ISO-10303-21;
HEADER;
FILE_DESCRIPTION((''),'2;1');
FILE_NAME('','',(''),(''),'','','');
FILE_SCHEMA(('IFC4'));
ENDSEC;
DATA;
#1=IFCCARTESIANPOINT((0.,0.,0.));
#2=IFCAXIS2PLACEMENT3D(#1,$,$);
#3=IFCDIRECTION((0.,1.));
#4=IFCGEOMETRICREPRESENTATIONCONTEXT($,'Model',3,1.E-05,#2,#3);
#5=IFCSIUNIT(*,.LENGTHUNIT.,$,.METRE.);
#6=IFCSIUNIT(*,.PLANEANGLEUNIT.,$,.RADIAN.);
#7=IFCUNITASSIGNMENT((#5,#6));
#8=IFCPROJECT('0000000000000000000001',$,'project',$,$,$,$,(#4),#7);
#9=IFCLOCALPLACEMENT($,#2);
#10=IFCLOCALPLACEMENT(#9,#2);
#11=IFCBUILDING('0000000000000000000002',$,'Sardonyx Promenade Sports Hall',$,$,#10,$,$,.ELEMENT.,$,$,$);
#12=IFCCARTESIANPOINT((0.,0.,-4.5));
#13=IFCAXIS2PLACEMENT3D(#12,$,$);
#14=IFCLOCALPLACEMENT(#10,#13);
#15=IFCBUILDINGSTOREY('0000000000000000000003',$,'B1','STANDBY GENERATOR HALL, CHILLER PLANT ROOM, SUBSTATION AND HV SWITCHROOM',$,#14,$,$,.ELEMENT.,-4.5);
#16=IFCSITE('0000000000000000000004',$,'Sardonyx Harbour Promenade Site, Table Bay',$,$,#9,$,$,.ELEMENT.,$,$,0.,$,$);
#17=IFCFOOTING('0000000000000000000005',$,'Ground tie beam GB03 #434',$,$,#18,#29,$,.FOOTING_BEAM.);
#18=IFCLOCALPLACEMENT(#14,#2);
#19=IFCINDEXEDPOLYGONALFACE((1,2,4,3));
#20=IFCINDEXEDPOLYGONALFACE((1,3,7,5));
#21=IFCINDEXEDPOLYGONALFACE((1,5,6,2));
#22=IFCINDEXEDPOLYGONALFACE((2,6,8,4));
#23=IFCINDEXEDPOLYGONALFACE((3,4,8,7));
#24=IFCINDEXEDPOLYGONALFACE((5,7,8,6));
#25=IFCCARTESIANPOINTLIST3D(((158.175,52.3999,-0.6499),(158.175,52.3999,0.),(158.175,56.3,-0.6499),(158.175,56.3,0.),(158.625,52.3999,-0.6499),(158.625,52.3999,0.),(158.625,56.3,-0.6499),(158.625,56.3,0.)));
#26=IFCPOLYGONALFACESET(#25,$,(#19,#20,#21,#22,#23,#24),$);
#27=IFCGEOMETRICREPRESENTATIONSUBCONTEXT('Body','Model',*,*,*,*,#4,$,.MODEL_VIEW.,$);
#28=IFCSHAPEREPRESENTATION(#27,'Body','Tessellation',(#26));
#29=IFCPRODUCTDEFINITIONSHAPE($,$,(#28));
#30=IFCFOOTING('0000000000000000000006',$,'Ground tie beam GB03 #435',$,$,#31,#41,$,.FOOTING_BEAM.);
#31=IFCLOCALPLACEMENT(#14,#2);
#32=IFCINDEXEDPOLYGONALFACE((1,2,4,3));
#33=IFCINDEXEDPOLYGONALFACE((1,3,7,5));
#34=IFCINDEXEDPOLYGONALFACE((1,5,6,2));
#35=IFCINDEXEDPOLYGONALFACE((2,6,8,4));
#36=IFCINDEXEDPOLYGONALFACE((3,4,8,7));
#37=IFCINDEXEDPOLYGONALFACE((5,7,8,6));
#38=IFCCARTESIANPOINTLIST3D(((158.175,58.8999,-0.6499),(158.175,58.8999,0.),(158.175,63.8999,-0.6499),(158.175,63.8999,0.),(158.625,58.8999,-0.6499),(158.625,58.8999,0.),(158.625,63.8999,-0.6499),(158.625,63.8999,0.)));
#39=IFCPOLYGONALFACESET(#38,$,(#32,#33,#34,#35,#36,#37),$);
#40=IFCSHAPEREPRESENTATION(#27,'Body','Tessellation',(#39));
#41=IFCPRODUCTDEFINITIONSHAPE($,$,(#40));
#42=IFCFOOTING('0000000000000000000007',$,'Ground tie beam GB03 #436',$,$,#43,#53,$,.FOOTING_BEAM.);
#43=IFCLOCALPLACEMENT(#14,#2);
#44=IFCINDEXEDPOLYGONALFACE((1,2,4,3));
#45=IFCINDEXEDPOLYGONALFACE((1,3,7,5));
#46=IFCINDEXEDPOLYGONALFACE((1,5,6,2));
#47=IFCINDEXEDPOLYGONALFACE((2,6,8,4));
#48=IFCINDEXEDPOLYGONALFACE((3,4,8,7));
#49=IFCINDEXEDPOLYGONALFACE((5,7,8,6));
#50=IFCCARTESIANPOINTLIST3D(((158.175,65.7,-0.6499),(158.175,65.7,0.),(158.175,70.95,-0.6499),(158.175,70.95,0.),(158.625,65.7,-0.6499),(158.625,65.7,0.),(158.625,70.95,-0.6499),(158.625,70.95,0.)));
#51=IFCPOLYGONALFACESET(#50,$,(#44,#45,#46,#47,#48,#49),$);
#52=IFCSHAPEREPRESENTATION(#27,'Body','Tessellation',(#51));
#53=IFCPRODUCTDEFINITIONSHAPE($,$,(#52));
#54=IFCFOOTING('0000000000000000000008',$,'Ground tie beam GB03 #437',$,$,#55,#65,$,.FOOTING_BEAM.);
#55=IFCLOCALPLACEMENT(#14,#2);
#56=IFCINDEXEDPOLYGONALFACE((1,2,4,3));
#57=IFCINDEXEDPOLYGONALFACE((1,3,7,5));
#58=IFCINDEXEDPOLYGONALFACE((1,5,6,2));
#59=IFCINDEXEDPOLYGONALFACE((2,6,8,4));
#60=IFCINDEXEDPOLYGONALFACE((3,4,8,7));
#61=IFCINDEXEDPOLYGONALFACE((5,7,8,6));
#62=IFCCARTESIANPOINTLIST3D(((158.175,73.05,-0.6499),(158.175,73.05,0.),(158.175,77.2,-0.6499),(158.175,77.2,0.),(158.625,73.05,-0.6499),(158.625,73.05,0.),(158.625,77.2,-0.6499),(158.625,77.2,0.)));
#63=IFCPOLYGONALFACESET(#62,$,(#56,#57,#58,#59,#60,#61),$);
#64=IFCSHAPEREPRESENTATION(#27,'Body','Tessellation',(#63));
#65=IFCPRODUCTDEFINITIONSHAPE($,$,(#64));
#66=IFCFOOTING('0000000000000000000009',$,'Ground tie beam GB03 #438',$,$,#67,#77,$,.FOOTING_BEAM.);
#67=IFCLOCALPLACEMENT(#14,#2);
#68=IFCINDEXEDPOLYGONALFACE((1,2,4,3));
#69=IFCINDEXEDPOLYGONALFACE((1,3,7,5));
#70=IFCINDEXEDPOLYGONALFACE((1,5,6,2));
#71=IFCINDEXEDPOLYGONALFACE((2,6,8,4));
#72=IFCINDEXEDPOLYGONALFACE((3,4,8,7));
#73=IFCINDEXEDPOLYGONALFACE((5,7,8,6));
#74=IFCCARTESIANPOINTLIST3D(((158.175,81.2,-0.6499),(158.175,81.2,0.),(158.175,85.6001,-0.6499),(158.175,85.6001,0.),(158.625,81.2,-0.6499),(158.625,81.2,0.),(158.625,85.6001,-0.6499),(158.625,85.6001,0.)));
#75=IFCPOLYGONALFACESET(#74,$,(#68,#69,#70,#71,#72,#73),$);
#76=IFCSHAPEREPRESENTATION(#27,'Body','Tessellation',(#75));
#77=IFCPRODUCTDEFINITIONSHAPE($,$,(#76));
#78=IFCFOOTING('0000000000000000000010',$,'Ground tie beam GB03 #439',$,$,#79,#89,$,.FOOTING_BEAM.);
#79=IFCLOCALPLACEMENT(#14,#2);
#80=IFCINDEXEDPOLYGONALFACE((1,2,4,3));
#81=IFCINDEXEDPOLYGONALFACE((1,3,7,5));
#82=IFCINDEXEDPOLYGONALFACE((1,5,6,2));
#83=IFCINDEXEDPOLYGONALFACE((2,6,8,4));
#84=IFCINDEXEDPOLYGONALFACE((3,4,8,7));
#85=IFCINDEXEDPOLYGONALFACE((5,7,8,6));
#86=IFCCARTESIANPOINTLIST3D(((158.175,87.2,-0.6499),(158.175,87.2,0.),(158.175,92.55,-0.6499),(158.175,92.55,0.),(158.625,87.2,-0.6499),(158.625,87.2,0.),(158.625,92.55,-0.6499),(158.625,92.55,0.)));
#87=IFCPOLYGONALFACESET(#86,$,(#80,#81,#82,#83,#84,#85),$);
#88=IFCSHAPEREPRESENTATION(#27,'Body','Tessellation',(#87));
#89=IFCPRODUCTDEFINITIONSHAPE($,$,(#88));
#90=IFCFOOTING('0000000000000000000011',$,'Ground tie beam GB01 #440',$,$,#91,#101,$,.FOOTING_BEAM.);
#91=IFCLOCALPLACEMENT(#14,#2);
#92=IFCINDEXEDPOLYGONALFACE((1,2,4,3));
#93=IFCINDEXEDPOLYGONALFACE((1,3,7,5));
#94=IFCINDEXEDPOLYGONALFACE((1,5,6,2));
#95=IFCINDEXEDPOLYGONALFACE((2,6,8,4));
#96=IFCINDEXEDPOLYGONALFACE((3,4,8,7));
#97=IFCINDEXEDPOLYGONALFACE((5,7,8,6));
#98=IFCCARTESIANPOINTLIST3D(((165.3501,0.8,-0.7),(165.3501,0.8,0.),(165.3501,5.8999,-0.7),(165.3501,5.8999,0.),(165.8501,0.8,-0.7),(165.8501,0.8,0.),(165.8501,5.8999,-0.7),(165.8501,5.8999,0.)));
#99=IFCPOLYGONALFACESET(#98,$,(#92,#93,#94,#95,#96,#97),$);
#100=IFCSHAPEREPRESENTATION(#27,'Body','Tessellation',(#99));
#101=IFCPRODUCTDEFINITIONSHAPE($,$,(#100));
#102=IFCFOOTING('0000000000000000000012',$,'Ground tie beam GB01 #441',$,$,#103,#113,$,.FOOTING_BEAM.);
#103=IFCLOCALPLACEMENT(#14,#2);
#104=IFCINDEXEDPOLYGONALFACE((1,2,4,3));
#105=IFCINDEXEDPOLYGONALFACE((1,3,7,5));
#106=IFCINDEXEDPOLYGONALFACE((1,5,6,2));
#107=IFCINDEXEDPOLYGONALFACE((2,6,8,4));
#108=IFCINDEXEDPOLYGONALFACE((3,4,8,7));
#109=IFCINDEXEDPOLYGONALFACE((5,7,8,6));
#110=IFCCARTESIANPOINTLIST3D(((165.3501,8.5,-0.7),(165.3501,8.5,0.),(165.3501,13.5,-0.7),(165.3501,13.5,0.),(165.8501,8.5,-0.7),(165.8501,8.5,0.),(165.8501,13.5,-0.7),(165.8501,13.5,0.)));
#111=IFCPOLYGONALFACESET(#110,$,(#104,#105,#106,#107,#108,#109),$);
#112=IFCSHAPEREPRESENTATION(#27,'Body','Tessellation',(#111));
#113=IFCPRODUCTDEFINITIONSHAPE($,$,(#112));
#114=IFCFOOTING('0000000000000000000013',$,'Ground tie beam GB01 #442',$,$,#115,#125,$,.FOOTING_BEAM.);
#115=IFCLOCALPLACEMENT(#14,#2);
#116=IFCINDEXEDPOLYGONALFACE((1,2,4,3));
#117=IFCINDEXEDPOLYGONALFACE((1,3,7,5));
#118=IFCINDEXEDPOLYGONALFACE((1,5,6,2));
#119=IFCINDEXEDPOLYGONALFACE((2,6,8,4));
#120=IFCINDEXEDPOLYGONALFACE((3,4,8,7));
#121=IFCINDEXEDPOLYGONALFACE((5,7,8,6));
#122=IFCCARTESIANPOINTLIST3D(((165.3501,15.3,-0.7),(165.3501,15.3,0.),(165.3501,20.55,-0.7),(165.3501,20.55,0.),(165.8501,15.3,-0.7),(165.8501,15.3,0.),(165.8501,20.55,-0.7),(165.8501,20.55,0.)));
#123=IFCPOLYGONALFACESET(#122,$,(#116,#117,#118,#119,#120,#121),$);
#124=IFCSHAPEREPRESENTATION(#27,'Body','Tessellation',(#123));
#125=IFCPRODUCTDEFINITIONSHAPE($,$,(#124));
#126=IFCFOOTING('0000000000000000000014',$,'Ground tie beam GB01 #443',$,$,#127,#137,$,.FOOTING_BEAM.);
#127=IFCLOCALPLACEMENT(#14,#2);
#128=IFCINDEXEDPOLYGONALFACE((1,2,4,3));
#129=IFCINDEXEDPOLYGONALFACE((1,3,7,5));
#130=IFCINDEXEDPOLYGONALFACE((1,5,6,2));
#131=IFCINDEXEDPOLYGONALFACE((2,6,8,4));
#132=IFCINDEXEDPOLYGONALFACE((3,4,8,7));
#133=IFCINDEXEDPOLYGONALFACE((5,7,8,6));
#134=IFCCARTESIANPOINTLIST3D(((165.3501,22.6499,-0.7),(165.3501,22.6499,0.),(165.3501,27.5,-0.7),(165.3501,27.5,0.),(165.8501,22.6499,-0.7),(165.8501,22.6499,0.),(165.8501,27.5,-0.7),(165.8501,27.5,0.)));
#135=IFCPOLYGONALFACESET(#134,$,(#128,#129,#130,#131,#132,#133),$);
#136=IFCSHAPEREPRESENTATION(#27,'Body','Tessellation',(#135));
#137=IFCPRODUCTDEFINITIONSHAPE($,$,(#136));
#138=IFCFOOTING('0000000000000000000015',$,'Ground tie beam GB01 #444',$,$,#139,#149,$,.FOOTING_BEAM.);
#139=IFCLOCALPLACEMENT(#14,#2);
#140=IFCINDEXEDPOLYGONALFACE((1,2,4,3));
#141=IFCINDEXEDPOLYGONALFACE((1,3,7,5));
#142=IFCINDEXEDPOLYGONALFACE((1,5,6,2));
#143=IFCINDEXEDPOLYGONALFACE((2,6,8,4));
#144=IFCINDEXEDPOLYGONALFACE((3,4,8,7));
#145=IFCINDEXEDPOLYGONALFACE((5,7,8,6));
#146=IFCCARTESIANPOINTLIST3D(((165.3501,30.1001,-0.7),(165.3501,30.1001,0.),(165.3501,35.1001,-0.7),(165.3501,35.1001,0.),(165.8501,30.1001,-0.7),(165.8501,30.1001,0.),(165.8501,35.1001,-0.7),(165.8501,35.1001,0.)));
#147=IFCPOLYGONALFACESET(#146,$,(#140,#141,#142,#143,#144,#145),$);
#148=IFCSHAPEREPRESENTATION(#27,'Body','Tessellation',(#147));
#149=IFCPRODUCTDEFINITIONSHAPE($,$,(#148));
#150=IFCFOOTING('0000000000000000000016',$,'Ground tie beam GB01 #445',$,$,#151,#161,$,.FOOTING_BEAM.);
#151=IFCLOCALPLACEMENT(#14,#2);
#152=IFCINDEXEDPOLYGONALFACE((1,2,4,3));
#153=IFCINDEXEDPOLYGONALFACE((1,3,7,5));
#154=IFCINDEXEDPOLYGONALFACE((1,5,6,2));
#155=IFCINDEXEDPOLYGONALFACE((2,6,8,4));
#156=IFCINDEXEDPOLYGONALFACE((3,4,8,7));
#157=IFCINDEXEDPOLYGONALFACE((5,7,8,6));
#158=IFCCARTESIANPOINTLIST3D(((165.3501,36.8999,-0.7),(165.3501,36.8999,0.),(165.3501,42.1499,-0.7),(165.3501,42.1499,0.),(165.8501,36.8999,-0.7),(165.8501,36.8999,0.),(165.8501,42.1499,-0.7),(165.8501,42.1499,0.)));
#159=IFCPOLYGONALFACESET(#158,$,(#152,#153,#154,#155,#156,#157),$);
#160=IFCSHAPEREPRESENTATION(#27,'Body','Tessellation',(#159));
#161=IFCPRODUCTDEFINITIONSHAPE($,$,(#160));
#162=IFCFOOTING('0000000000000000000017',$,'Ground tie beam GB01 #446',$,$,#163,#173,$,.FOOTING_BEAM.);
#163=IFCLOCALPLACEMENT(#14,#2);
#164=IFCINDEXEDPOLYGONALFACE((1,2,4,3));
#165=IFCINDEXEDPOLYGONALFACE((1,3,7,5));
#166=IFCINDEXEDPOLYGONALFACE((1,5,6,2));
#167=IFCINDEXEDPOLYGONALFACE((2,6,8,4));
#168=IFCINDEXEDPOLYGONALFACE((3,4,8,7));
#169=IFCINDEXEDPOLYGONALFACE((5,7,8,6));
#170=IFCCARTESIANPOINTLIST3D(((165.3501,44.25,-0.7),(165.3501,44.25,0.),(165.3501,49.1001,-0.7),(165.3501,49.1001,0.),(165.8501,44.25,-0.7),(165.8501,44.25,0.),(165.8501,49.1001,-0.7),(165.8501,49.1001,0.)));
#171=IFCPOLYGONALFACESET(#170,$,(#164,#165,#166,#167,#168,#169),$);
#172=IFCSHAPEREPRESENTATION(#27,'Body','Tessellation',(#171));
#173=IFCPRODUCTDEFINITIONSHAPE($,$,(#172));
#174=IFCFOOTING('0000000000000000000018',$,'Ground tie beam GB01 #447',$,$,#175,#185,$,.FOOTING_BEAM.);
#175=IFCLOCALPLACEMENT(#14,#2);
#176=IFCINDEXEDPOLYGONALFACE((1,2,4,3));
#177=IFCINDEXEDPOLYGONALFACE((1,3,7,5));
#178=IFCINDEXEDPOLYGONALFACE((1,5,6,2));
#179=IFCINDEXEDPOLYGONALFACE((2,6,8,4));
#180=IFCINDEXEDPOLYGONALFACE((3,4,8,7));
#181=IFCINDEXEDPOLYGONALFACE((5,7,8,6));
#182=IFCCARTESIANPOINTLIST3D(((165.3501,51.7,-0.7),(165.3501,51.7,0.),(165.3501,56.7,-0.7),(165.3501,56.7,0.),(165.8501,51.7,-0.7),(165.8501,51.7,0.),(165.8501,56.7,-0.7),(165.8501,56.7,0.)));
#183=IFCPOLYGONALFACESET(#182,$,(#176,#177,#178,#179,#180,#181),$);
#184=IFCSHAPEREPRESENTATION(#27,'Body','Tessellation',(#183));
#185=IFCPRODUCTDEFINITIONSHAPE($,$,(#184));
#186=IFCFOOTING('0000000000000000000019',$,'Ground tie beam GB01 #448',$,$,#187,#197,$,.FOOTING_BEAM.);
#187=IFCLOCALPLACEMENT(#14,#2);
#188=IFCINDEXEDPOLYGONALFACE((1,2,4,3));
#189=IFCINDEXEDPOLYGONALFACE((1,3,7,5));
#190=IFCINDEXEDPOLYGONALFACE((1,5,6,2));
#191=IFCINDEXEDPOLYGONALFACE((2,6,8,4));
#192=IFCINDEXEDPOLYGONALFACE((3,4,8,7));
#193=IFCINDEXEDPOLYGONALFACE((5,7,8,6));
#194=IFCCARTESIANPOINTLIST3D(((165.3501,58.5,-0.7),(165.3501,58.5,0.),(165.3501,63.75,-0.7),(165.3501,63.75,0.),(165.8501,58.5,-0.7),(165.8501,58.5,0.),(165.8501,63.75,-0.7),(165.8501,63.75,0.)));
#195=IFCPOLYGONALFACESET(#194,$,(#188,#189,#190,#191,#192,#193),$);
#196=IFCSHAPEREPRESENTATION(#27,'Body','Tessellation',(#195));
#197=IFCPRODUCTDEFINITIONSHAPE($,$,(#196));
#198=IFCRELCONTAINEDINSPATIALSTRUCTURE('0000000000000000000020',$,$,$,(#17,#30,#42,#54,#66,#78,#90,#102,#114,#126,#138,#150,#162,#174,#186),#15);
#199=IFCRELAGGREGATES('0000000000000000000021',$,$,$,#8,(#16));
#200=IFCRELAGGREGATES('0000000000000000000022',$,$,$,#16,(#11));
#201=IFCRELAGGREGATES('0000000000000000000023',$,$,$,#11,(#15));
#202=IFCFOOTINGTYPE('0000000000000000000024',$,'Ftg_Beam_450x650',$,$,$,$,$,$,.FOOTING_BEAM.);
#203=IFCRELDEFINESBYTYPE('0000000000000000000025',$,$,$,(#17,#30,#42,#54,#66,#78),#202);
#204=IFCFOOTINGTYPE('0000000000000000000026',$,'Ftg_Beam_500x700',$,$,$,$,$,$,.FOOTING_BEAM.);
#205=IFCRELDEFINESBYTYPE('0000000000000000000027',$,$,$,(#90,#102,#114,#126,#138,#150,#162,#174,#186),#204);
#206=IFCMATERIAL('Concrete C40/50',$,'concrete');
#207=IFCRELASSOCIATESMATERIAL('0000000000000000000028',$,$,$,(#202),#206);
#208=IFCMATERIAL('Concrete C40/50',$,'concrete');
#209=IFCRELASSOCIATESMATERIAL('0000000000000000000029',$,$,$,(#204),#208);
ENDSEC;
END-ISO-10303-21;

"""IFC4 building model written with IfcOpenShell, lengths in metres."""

from ifc_helpers import new_model, si_unit, direction, frame, origin, place, context, subcontext, project, spatial, polyline, outline, extrude, material, type_object, element, save


model = new_model("IFC4")

# Units and contexts
model_context = context("Model", 3, precision=1e-05, world=origin(), true_north=direction((0.0, 1.0)))
body_context = subcontext(model_context, "Body", "Model", "MODEL_VIEW")
ifc_project = project(units=[si_unit("LENGTHUNIT", "METRE"), si_unit("PLANEANGLEUNIT", "RADIAN")], contexts=[model_context])

# Site, building, storey
site_placement = place(None, origin())
site = spatial("IfcSite", under=ifc_project, at=site_placement, Name="Sardonyx Harbour Promenade Site, Table Bay", CompositionType="ELEMENT", RefElevation=0.0)
building_placement = place(site_placement, origin())
building = spatial("IfcBuilding", under=site, at=building_placement, Name="Sardonyx Promenade Sports Hall", CompositionType="ELEMENT")
storey_placement = place(building_placement, frame((0.0, 0.0, -4.5)))
storey = spatial("IfcBuildingStorey", under=building, at=storey_placement, Name="B1", Description="STANDBY GENERATOR HALL, CHILLER PLANT ROOM, SUBSTATION AND HV SWITCHROOM", CompositionType="ELEMENT", Elevation=-4.5)

# Footings
ifc_material_1 = material(Name="Concrete C40/50", Category="concrete")
footing_type_1 = type_object("IfcFootingType", Name="Ftg_Beam_450x650", PredefinedType="FOOTING_BEAM", material=ifc_material_1)
footing_1_placement = place(storey_placement, frame((0.0, 0.0, -0.6499)))
element("IfcFooting", 1, at=footing_1_placement, inside=storey, type_object=footing_type_1, Name="Ground tie beam GB03 #434", PredefinedType="FOOTING_BEAM", context=body_context, shape_type="SweptSolid", body=[
    extrude(outline(polyline([(158.175, 52.3999), (158.625, 52.3999), (158.625, 56.3), (158.175, 56.3), (158.175, 52.3999)])), origin(), (0.0, 0.0, 1.0), 0.6499),
])
footing_2_placement = place(storey_placement, frame((0.0, 0.0, -0.6499)))
element("IfcFooting", 2, at=footing_2_placement, inside=storey, type_object=footing_type_1, Name="Ground tie beam GB03 #435", PredefinedType="FOOTING_BEAM", context=body_context, shape_type="SweptSolid", body=[
    extrude(outline(polyline([(158.175, 58.8999), (158.625, 58.8999), (158.625, 63.8999), (158.175, 63.8999), (158.175, 58.8999)])), origin(), (0.0, 0.0, 1.0), 0.6499),
])
footing_3_placement = place(storey_placement, frame((0.0, 0.0, -0.6499)))
element("IfcFooting", 3, at=footing_3_placement, inside=storey, type_object=footing_type_1, Name="Ground tie beam GB03 #436", PredefinedType="FOOTING_BEAM", context=body_context, shape_type="SweptSolid", body=[
    extrude(outline(polyline([(158.175, 65.7), (158.625, 65.7), (158.625, 70.95), (158.175, 70.95), (158.175, 65.7)])), origin(), (0.0, 0.0, 1.0), 0.6499),
])
footing_4_placement = place(storey_placement, frame((0.0, 0.0, -0.6499)))
element("IfcFooting", 4, at=footing_4_placement, inside=storey, type_object=footing_type_1, Name="Ground tie beam GB03 #437", PredefinedType="FOOTING_BEAM", context=body_context, shape_type="SweptSolid", body=[
    extrude(outline(polyline([(158.175, 73.05), (158.625, 73.05), (158.625, 77.2), (158.175, 77.2), (158.175, 73.05)])), origin(), (0.0, 0.0, 1.0), 0.6499),
])
footing_5_placement = place(storey_placement, frame((0.0, 0.0, -0.6499)))
element("IfcFooting", 5, at=footing_5_placement, inside=storey, type_object=footing_type_1, Name="Ground tie beam GB03 #438", PredefinedType="FOOTING_BEAM", context=body_context, shape_type="SweptSolid", body=[
    extrude(outline(polyline([(158.175, 81.2), (158.625, 81.2), (158.625, 85.6001), (158.175, 85.6001), (158.175, 81.2)])), origin(), (0.0, 0.0, 1.0), 0.6499),
])
footing_6_placement = place(storey_placement, frame((0.0, 0.0, -0.6499)))
element("IfcFooting", 6, at=footing_6_placement, inside=storey, type_object=footing_type_1, Name="Ground tie beam GB03 #439", PredefinedType="FOOTING_BEAM", context=body_context, shape_type="SweptSolid", body=[
    extrude(outline(polyline([(158.175, 87.2), (158.625, 87.2), (158.625, 92.55), (158.175, 92.55), (158.175, 87.2)])), origin(), (0.0, 0.0, 1.0), 0.6499),
])
ifc_material_2 = material(Name="Concrete C40/50", Category="concrete")
footing_type_2 = type_object("IfcFootingType", Name="Ftg_Beam_500x700", PredefinedType="FOOTING_BEAM", material=ifc_material_2)
footing_7_placement = place(storey_placement, frame((0.0, 0.0, -0.7)))
element("IfcFooting", 7, at=footing_7_placement, inside=storey, type_object=footing_type_2, Name="Ground tie beam GB01 #440", PredefinedType="FOOTING_BEAM", context=body_context, shape_type="SweptSolid", body=[
    extrude(outline(polyline([(165.3501, 0.8), (165.8501, 0.8), (165.8501, 5.8999), (165.3501, 5.8999), (165.3501, 0.8)])), origin(), (0.0, 0.0, 1.0), 0.7),
])
footing_8_placement = place(storey_placement, frame((0.0, 0.0, -0.7)))
element("IfcFooting", 8, at=footing_8_placement, inside=storey, type_object=footing_type_2, Name="Ground tie beam GB01 #441", PredefinedType="FOOTING_BEAM", context=body_context, shape_type="SweptSolid", body=[
    extrude(outline(polyline([(165.3501, 8.5), (165.8501, 8.5), (165.8501, 13.5), (165.3501, 13.5), (165.3501, 8.5)])), origin(), (0.0, 0.0, 1.0), 0.7),
])
footing_9_placement = place(storey_placement, frame((0.0, 0.0, -0.7)))
element("IfcFooting", 9, at=footing_9_placement, inside=storey, type_object=footing_type_2, Name="Ground tie beam GB01 #442", PredefinedType="FOOTING_BEAM", context=body_context, shape_type="SweptSolid", body=[
    extrude(outline(polyline([(165.3501, 15.3), (165.8501, 15.3), (165.8501, 20.55), (165.3501, 20.55), (165.3501, 15.3)])), origin(), (0.0, 0.0, 1.0), 0.7),
])
footing_10_placement = place(storey_placement, frame((0.0, 0.0, -0.7)))
element("IfcFooting", 10, at=footing_10_placement, inside=storey, type_object=footing_type_2, Name="Ground tie beam GB01 #443", PredefinedType="FOOTING_BEAM", context=body_context, shape_type="SweptSolid", body=[
    extrude(outline(polyline([(165.3501, 22.6499), (165.8501, 22.6499), (165.8501, 27.5), (165.3501, 27.5), (165.3501, 22.6499)])), origin(), (0.0, 0.0, 1.0), 0.7),
])
footing_11_placement = place(storey_placement, frame((0.0, 0.0, -0.7)))
element("IfcFooting", 11, at=footing_11_placement, inside=storey, type_object=footing_type_2, Name="Ground tie beam GB01 #444", PredefinedType="FOOTING_BEAM", context=body_context, shape_type="SweptSolid", body=[
    extrude(outline(polyline([(165.3501, 30.1001), (165.8501, 30.1001), (165.8501, 35.1001), (165.3501, 35.1001), (165.3501, 30.1001)])), origin(), (0.0, 0.0, 1.0), 0.7),
])
footing_12_placement = place(storey_placement, frame((0.0, 0.0, -0.7)))
element("IfcFooting", 12, at=footing_12_placement, inside=storey, type_object=footing_type_2, Name="Ground tie beam GB01 #445", PredefinedType="FOOTING_BEAM", context=body_context, shape_type="SweptSolid", body=[
    extrude(outline(polyline([(165.3501, 36.8999), (165.8501, 36.8999), (165.8501, 42.1499), (165.3501, 42.1499), (165.3501, 36.8999)])), origin(), (0.0, 0.0, 1.0), 0.7),
])
footing_13_placement = place(storey_placement, frame((0.0, 0.0, -0.7)))
element("IfcFooting", 13, at=footing_13_placement, inside=storey, type_object=footing_type_2, Name="Ground tie beam GB01 #446", PredefinedType="FOOTING_BEAM", context=body_context, shape_type="SweptSolid", body=[
    extrude(outline(polyline([(165.3501, 44.25), (165.8501, 44.25), (165.8501, 49.1001), (165.3501, 49.1001), (165.3501, 44.25)])), origin(), (0.0, 0.0, 1.0), 0.7),
])
footing_14_placement = place(storey_placement, frame((0.0, 0.0, -0.7)))
element("IfcFooting", 14, at=footing_14_placement, inside=storey, type_object=footing_type_2, Name="Ground tie beam GB01 #447", PredefinedType="FOOTING_BEAM", context=body_context, shape_type="SweptSolid", body=[
    extrude(outline(polyline([(165.3501, 51.7), (165.8501, 51.7), (165.8501, 56.7), (165.3501, 56.7), (165.3501, 51.7)])), origin(), (0.0, 0.0, 1.0), 0.7),
])
footing_15_placement = place(storey_placement, frame((0.0, 0.0, -0.7)))
element("IfcFooting", 15, at=footing_15_placement, inside=storey, type_object=footing_type_2, Name="Ground tie beam GB01 #448", PredefinedType="FOOTING_BEAM", context=body_context, shape_type="SweptSolid", body=[
    extrude(outline(polyline([(165.3501, 58.5), (165.8501, 58.5), (165.8501, 63.75), (165.3501, 63.75), (165.3501, 58.5)])), origin(), (0.0, 0.0, 1.0), 0.7),
])

save(model, "model.ifc")
